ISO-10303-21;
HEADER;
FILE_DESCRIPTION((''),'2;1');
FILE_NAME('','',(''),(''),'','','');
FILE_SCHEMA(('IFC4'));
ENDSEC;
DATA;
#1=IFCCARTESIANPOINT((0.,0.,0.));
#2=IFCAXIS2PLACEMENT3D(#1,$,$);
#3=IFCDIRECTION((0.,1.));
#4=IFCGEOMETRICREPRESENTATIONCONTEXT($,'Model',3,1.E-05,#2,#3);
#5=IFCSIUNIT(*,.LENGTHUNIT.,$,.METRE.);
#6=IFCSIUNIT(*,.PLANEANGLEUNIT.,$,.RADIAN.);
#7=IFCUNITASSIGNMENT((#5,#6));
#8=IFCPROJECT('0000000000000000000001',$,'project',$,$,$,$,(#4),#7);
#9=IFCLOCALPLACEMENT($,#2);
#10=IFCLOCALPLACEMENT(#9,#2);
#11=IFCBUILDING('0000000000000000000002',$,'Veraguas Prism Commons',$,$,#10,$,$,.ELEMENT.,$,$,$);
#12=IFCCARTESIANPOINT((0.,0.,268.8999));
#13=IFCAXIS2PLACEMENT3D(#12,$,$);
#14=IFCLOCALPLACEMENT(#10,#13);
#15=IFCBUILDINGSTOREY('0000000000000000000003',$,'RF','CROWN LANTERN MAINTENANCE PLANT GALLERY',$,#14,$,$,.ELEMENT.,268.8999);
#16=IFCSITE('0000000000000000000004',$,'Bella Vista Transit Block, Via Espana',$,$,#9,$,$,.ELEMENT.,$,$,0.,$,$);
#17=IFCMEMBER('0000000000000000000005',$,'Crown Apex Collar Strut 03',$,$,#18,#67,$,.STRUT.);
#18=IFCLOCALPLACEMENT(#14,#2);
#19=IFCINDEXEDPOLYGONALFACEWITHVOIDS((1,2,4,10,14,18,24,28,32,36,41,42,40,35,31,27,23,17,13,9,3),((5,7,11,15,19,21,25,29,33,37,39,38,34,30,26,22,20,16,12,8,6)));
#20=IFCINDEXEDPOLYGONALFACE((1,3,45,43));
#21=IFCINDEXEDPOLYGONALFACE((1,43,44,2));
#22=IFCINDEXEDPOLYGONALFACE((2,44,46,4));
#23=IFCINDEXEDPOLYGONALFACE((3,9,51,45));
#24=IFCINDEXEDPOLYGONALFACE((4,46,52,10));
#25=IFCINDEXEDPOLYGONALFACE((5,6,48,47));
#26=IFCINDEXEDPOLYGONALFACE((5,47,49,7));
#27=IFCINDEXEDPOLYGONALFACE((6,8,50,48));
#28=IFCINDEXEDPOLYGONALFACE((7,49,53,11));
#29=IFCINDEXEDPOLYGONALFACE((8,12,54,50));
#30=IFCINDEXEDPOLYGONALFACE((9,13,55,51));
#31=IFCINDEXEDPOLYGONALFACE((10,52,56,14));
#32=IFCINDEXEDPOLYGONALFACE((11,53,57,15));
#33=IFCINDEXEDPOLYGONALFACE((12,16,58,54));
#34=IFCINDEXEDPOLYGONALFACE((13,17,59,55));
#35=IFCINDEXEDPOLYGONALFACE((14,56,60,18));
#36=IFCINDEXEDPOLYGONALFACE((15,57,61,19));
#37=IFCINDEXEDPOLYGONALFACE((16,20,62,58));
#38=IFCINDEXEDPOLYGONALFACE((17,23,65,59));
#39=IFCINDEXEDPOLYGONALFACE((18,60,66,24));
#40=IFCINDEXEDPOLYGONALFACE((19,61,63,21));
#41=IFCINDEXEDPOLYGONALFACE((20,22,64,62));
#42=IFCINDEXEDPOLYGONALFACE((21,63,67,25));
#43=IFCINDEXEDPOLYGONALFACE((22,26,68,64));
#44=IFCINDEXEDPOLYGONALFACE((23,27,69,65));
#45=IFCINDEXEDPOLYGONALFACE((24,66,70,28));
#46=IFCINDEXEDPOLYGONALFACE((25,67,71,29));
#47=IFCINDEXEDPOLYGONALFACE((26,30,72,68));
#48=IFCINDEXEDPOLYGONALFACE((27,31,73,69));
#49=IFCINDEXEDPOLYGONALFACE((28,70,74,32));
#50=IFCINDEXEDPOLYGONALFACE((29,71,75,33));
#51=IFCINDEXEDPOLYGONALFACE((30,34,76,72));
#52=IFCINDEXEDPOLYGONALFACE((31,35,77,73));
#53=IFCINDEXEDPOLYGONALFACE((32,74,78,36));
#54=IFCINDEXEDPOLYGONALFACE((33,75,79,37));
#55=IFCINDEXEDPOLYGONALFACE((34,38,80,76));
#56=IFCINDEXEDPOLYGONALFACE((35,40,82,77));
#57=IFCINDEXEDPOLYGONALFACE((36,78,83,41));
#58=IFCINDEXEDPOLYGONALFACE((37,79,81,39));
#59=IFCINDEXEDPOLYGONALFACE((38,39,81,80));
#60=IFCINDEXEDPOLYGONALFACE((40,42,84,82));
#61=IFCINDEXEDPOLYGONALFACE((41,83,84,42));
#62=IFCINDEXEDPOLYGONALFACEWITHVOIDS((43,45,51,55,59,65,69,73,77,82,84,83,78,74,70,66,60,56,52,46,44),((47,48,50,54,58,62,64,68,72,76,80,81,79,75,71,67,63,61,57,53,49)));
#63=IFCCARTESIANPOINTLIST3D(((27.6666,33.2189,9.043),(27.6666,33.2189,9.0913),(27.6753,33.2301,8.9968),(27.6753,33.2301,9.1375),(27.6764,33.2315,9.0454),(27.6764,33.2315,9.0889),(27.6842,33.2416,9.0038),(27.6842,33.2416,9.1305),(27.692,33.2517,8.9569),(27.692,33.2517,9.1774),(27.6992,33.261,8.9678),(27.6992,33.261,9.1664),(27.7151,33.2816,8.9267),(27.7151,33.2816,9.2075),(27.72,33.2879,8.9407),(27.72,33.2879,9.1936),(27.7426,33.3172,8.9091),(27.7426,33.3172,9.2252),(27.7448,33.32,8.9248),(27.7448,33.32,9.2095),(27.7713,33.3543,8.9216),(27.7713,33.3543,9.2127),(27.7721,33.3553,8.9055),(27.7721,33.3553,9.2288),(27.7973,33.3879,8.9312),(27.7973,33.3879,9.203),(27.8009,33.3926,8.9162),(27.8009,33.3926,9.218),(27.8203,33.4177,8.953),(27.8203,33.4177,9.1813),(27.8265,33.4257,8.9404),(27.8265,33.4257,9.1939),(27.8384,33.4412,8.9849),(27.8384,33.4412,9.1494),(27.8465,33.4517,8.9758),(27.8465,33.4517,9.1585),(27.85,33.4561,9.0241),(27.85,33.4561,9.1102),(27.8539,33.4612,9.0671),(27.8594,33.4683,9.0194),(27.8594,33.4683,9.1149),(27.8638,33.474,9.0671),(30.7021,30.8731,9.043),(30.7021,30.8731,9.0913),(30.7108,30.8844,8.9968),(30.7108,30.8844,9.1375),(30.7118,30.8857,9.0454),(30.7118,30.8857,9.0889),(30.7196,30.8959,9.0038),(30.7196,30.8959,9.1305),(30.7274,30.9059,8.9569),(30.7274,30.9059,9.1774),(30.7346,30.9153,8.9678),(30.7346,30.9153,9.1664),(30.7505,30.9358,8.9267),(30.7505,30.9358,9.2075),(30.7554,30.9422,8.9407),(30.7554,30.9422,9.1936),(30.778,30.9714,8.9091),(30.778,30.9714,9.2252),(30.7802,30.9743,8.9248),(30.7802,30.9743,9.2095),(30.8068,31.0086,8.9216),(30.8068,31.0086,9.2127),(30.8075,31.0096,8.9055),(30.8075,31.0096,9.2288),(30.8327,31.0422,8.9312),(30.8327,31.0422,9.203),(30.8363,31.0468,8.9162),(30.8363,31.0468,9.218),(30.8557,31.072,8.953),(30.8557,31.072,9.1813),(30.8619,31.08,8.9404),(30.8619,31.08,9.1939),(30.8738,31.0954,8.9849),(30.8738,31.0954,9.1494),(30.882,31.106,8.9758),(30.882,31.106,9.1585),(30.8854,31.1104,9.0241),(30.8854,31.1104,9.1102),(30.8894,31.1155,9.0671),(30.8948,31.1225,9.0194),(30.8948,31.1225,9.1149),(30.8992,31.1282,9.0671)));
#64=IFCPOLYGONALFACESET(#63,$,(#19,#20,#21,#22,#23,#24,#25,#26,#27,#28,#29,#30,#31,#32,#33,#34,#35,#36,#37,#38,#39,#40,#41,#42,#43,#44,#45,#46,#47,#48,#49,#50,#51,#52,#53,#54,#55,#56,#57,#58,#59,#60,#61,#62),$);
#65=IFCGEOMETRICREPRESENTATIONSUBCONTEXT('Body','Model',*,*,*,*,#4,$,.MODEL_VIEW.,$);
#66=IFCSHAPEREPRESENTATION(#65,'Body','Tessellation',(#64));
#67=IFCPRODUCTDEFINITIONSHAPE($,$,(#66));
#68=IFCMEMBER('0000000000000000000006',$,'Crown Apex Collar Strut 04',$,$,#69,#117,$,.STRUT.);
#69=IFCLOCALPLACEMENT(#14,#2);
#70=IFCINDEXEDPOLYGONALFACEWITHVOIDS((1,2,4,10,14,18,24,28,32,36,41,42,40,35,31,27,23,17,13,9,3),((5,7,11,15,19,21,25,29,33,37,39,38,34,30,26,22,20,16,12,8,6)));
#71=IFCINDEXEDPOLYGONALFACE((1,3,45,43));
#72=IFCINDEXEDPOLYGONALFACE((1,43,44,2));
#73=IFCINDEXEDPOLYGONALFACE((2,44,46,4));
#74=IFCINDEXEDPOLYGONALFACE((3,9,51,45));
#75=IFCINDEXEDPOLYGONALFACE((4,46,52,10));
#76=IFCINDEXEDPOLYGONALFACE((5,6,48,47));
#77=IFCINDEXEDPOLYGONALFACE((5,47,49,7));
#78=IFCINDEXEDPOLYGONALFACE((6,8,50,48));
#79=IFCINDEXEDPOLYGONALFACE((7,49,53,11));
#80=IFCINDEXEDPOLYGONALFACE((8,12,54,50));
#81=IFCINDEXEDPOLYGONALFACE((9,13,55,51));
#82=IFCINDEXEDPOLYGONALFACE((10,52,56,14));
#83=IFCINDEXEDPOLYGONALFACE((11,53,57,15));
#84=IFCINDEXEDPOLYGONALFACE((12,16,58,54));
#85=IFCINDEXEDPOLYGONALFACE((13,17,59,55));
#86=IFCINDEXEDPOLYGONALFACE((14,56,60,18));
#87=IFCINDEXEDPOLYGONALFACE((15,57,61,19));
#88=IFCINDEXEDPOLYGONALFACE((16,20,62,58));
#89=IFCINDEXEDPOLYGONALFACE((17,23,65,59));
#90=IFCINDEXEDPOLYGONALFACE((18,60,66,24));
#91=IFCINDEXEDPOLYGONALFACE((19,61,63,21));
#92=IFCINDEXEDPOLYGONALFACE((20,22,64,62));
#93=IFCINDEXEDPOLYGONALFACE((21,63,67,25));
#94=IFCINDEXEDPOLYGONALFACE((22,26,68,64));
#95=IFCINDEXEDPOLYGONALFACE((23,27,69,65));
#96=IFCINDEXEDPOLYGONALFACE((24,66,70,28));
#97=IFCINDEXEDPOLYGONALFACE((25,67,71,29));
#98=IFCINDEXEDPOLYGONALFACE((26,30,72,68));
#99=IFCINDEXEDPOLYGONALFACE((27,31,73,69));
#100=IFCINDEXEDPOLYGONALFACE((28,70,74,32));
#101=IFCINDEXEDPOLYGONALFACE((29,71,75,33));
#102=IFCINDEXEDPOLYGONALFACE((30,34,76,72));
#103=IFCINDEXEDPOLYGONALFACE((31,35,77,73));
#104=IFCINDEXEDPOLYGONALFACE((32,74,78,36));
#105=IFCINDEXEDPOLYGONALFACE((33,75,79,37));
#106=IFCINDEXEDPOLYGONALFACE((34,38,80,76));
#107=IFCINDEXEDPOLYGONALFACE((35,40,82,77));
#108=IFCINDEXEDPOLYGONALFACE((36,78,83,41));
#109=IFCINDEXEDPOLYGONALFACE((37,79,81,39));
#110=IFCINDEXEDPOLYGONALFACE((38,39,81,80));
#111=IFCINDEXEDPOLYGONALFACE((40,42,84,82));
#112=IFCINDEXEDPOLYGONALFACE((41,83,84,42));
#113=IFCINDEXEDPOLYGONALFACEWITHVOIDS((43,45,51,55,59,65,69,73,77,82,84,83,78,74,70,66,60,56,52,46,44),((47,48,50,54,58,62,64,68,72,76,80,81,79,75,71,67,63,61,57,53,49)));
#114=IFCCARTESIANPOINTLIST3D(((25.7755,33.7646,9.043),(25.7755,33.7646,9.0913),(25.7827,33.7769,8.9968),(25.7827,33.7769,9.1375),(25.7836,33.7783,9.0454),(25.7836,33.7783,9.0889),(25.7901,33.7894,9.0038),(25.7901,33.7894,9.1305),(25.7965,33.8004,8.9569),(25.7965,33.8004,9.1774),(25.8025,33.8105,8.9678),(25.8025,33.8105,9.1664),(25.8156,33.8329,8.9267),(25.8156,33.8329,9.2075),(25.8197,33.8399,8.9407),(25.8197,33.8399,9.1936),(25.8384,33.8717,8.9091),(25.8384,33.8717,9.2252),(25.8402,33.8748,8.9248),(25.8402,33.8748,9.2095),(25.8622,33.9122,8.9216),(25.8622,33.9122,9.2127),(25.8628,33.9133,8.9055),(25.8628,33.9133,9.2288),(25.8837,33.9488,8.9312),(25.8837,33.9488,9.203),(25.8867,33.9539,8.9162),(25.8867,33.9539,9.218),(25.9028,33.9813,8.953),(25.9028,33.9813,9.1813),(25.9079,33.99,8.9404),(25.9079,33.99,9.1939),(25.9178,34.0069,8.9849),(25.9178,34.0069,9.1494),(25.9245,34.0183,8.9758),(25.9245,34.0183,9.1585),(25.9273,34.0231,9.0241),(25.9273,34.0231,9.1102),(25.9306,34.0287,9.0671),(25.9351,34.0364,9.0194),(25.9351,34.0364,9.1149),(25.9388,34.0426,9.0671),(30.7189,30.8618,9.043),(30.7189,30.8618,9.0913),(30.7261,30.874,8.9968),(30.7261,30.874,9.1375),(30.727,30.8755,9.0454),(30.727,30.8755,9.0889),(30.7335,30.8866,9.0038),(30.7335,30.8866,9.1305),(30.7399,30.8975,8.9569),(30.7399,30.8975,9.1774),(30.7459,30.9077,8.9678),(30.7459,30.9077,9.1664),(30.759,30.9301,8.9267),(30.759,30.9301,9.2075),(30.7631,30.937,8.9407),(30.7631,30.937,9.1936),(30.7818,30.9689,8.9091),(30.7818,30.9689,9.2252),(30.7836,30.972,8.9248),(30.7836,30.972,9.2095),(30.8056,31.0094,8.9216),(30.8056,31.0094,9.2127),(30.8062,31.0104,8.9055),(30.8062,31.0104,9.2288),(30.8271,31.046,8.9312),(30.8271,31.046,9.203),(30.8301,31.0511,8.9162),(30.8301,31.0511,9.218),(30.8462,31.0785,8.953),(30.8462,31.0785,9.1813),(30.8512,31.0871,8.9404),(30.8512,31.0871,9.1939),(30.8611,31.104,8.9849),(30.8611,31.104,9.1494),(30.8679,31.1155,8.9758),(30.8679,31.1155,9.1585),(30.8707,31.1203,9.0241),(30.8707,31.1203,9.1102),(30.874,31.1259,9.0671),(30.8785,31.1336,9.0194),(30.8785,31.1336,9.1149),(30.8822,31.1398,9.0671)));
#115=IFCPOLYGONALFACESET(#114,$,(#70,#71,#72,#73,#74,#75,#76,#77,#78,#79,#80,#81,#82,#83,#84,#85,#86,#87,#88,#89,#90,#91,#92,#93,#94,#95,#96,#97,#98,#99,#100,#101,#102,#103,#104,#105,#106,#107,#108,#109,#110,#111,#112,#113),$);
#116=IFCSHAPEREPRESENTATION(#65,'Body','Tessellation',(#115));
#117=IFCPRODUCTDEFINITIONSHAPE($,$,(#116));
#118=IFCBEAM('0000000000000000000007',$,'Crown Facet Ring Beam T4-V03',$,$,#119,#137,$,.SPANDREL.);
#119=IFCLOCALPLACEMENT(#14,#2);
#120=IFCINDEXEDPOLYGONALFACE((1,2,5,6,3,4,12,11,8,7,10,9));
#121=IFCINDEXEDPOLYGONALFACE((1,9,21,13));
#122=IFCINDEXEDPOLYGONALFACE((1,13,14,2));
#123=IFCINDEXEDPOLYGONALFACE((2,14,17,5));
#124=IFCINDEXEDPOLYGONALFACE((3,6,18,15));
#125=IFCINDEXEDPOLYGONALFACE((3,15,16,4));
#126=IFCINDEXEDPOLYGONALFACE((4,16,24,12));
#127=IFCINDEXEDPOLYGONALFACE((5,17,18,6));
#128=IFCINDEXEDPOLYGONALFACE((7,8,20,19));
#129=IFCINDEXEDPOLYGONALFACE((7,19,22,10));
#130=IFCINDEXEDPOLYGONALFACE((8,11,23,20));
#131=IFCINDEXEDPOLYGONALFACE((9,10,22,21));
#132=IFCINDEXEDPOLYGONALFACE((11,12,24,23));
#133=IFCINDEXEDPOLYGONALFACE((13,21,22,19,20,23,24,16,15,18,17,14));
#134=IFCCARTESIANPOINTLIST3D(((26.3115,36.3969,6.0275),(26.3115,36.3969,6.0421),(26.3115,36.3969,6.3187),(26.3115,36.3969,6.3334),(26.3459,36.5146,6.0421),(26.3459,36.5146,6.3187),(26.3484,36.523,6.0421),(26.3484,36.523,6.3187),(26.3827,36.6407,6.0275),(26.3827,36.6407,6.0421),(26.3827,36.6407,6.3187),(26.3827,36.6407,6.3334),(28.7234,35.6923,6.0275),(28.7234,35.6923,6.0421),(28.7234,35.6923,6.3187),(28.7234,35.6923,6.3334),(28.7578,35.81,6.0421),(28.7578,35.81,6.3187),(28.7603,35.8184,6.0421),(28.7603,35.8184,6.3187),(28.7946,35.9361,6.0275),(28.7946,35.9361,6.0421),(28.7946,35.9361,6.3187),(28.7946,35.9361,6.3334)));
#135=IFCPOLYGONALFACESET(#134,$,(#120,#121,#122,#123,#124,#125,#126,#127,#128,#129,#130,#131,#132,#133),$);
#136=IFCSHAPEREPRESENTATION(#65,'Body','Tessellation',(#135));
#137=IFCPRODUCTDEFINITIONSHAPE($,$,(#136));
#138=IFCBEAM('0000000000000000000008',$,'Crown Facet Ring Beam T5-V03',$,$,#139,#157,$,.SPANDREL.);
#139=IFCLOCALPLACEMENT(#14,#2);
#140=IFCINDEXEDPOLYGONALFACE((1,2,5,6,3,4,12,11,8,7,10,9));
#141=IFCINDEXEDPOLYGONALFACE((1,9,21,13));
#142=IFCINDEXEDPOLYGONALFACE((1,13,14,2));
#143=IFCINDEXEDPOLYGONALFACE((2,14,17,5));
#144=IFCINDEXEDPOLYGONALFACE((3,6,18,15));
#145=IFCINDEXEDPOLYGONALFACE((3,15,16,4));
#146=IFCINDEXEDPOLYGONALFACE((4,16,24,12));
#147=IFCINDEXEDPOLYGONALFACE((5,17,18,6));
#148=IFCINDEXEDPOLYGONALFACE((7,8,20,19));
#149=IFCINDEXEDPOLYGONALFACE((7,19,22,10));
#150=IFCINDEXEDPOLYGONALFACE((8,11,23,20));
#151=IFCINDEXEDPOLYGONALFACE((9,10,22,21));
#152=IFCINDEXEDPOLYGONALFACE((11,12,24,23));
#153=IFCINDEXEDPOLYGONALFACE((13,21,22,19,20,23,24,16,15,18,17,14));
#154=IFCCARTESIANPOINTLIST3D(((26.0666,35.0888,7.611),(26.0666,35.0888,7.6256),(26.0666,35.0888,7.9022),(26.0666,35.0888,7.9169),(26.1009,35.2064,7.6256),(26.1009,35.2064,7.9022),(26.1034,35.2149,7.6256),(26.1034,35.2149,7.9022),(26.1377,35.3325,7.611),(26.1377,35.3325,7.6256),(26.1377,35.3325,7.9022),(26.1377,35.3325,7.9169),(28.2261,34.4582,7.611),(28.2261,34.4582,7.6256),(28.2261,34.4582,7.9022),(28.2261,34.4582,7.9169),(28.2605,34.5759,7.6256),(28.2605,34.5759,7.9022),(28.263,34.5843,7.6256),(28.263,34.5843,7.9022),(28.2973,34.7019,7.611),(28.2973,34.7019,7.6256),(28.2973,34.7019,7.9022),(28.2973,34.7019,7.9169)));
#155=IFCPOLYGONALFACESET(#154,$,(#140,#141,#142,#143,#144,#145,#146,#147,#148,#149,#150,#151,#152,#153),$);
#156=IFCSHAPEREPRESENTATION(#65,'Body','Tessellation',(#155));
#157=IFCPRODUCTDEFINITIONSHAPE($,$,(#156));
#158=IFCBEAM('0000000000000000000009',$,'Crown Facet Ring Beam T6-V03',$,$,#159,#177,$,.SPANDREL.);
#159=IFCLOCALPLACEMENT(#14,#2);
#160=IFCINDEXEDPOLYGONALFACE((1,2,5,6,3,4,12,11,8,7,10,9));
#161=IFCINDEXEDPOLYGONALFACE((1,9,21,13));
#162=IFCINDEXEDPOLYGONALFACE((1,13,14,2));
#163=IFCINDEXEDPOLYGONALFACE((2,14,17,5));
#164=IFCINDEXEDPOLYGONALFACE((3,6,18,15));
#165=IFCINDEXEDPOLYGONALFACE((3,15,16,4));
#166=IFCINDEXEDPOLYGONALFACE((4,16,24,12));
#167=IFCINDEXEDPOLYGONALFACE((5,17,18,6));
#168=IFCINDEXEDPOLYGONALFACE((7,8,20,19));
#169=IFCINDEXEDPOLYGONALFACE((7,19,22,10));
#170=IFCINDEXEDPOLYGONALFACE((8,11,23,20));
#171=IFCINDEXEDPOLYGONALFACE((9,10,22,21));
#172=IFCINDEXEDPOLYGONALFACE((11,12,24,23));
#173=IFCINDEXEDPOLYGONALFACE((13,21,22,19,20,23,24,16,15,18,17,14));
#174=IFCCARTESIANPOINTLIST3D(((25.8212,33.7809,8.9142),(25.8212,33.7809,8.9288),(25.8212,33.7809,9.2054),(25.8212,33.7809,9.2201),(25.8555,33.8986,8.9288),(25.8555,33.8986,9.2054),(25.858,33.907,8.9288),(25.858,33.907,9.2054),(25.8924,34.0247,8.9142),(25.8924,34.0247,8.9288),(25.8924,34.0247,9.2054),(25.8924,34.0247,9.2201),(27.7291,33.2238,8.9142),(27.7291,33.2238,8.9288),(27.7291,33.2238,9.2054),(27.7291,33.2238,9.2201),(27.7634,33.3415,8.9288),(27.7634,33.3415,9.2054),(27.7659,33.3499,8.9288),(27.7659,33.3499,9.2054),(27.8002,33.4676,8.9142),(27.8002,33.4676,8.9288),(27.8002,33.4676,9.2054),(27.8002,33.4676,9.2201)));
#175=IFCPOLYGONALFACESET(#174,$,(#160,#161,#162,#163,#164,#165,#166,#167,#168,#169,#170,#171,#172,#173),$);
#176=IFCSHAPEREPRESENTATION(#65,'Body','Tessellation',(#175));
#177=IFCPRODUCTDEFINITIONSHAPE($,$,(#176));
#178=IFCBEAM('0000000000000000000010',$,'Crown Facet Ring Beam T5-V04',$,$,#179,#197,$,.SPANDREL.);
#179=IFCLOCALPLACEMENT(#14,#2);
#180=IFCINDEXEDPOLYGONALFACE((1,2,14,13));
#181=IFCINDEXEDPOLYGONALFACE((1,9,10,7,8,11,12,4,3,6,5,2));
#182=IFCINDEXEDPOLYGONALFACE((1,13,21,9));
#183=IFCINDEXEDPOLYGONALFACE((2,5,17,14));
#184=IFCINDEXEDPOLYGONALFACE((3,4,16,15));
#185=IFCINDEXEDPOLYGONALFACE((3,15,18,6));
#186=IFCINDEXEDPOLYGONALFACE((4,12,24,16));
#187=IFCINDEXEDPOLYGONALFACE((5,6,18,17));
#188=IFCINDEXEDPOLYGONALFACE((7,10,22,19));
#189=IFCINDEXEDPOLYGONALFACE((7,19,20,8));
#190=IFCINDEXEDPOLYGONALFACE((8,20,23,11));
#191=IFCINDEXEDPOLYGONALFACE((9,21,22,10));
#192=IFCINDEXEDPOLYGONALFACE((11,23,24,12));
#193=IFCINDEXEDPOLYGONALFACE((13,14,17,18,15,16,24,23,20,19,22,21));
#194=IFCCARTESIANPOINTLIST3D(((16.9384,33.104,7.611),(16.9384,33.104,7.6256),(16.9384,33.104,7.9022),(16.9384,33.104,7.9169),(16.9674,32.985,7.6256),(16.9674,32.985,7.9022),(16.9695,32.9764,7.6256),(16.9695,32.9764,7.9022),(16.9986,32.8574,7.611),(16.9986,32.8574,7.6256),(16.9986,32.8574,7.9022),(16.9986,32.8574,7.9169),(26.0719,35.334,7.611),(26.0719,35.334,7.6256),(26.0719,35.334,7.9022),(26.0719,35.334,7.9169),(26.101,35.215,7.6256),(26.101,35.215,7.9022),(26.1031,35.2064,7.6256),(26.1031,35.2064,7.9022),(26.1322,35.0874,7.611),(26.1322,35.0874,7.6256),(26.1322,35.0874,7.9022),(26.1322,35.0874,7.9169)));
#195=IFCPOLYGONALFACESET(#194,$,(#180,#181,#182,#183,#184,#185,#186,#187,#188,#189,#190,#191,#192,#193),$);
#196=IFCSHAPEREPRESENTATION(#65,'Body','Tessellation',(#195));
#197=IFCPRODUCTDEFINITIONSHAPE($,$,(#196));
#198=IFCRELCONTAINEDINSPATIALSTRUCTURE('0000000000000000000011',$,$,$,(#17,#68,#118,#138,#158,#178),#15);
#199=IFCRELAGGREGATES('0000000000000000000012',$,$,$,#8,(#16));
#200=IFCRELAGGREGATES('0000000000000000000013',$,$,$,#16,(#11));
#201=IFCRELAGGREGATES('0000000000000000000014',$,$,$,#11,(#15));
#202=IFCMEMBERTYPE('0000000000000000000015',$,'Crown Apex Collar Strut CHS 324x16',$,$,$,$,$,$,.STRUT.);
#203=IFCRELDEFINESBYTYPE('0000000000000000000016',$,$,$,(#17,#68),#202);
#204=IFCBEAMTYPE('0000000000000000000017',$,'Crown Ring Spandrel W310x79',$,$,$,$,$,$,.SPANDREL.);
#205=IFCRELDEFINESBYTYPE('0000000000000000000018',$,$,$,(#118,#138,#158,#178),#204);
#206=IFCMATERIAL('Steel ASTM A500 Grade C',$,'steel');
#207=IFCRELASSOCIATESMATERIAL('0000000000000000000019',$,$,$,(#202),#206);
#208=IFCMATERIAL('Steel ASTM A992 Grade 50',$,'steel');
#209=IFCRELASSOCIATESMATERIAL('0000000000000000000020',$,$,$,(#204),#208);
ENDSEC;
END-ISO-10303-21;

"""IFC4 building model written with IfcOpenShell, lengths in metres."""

from ifc_helpers import new_model, si_unit, direction, frame, origin, origin_2d, place, context, subcontext, project, spatial, hollow_circle, i_section, extrude, material, material_profile, profile_set, type_object, element, save


model = new_model("IFC4")

# Units and contexts
model_context = context("Model", 3, precision=1e-05, world=origin(), true_north=direction((0.0, 1.0)))
body_context = subcontext(model_context, "Body", "Model", "MODEL_VIEW")
ifc_project = project(units=[si_unit("LENGTHUNIT", "METRE"), si_unit("PLANEANGLEUNIT", "RADIAN")], contexts=[model_context])

# Site, building, storey
site_placement = place(None, origin())
site = spatial("IfcSite", under=ifc_project, at=site_placement, Name="Bella Vista Transit Block, Via Espana", CompositionType="ELEMENT", RefElevation=0.0)
building_placement = place(site_placement, origin())
building = spatial("IfcBuilding", under=site, at=building_placement, Name="Veraguas Prism Commons", CompositionType="ELEMENT")
storey_placement = place(building_placement, frame((0.0, 0.0, 268.8999)))
storey = spatial("IfcBuildingStorey", under=building, at=storey_placement, Name="RF", Description="CROWN LANTERN MAINTENANCE PLANT GALLERY", CompositionType="ELEMENT", Elevation=268.8999)

# Members
ifc_material_1 = material(Name="Steel ASTM A500 Grade C", Category="steel")
ifc_material_profile_1 = material_profile(ifc_material_1, hollow_circle(Radius=0.1621, WallThickness=0.0161, at=origin_2d()), Name="CHS324X16")
ifc_profile_set_1 = profile_set([ifc_material_profile_1], Name="Steel ASTM A500 Grade C")
member_type_1 = type_object("IfcMemberType", Name="Crown Apex Collar Strut CHS 324x16", PredefinedType="STRUT", material=ifc_profile_set_1)
member_1_placement = place(storey_placement, frame((27.7646, 33.3457, 9.0671), z_axis=(0.791264, -0.611475, 0.0), x_axis=(0.611475, 0.791264, 0.0)))
element("IfcMember", 1, at=member_1_placement, inside=storey, type_object=member_type_1, Name="Crown Apex Collar Strut 03", PredefinedType="STRUT", context=body_context, shape_type="SweptSolid", body=[
    extrude(hollow_circle(Radius=0.1621, WallThickness=0.0161, at=origin_2d()), origin(), (0.0, 0.0, 1.0), 3.8362),
])
member_2_placement = place(storey_placement, frame((25.8567, 33.9028, 9.0671), z_axis=(0.862317, -0.506369, 0.0), x_axis=(0.506369, 0.862317, 0.0)))
element("IfcMember", 2, at=member_2_placement, inside=storey, type_object=member_type_1, Name="Crown Apex Collar Strut 04", PredefinedType="STRUT", context=body_context, shape_type="SweptSolid", body=[
    extrude(hollow_circle(Radius=0.1621, WallThickness=0.0161, at=origin_2d()), origin(), (0.0, 0.0, 1.0), 5.7327),
])

# Beams
ifc_material_2 = material(Name="Steel ASTM A992 Grade 50", Category="steel")
ifc_material_profile_2 = material_profile(ifc_material_2, i_section(OverallWidth=0.2539, OverallDepth=0.3059, WebThickness=0.0088, FlangeThickness=0.0146, at=origin_2d()), Name="W310X79")
ifc_profile_set_2 = profile_set([ifc_material_profile_2], Name="Steel ASTM A992 Grade 50")
beam_type = type_object("IfcBeamType", Name="Crown Ring Spandrel W310x79", PredefinedType="SPANDREL", material=ifc_profile_set_2)
beam_1_placement = place(storey_placement, frame((28.759, 35.8142, 6.1804), z_axis=(-0.959879, 0.280414, 0.0), x_axis=(-0.280414, -0.959879, 0.0)))
element("IfcBeam", 3, at=beam_1_placement, inside=storey, type_object=beam_type, Name="Crown Facet Ring Beam T4-V03", PredefinedType="SPANDREL", context=body_context, shape_type="SweptSolid", body=[
    extrude(i_section(OverallWidth=0.2539, OverallDepth=0.3059, WebThickness=0.0088, FlangeThickness=0.0146, at=origin_2d()), origin(), (0.0, 0.0, 1.0), 2.5127),
])
beam_2_placement = place(storey_placement, frame((28.2617, 34.5801, 7.7639), z_axis=(-0.959915, 0.280292, 0.0), x_axis=(-0.280292, -0.959915, 0.0)))
element("IfcBeam", 4, at=beam_2_placement, inside=storey, type_object=beam_type, Name="Crown Facet Ring Beam T5-V03", PredefinedType="SPANDREL", context=body_context, shape_type="SweptSolid", body=[
    extrude(i_section(OverallWidth=0.2539, OverallDepth=0.3059, WebThickness=0.0088, FlangeThickness=0.0146, at=origin_2d()), origin(), (0.0, 0.0, 1.0), 2.2498),
])
beam_3_placement = place(storey_placement, frame((27.7646, 33.3457, 9.0671), z_axis=(-0.959913, 0.280297, 0.0), x_axis=(-0.280297, -0.959913, 0.0)))
element("IfcBeam", 5, at=beam_3_placement, inside=storey, type_object=beam_type, Name="Crown Facet Ring Beam T6-V03", PredefinedType="SPANDREL", context=body_context, shape_type="SweptSolid", body=[
    extrude(i_section(OverallWidth=0.2539, OverallDepth=0.3059, WebThickness=0.0088, FlangeThickness=0.0146, at=origin_2d()), origin(), (0.0, 0.0, 1.0), 1.9875),
])
beam_4_placement = place(storey_placement, frame((26.1021, 35.2107, 7.7639), z_axis=(-0.971464, -0.237186, 0.0), x_axis=(0.237186, -0.971464, 0.0)))
element("IfcBeam", 6, at=beam_4_placement, inside=storey, type_object=beam_type, Name="Crown Facet Ring Beam T5-V04", PredefinedType="SPANDREL", context=body_context, shape_type="SweptSolid", body=[
    extrude(i_section(OverallWidth=0.2539, OverallDepth=0.3059, WebThickness=0.0088, FlangeThickness=0.0146, at=origin_2d()), origin(), (0.0, 0.0, 1.0), 9.4019),
])

save(model, "model.ifc")
